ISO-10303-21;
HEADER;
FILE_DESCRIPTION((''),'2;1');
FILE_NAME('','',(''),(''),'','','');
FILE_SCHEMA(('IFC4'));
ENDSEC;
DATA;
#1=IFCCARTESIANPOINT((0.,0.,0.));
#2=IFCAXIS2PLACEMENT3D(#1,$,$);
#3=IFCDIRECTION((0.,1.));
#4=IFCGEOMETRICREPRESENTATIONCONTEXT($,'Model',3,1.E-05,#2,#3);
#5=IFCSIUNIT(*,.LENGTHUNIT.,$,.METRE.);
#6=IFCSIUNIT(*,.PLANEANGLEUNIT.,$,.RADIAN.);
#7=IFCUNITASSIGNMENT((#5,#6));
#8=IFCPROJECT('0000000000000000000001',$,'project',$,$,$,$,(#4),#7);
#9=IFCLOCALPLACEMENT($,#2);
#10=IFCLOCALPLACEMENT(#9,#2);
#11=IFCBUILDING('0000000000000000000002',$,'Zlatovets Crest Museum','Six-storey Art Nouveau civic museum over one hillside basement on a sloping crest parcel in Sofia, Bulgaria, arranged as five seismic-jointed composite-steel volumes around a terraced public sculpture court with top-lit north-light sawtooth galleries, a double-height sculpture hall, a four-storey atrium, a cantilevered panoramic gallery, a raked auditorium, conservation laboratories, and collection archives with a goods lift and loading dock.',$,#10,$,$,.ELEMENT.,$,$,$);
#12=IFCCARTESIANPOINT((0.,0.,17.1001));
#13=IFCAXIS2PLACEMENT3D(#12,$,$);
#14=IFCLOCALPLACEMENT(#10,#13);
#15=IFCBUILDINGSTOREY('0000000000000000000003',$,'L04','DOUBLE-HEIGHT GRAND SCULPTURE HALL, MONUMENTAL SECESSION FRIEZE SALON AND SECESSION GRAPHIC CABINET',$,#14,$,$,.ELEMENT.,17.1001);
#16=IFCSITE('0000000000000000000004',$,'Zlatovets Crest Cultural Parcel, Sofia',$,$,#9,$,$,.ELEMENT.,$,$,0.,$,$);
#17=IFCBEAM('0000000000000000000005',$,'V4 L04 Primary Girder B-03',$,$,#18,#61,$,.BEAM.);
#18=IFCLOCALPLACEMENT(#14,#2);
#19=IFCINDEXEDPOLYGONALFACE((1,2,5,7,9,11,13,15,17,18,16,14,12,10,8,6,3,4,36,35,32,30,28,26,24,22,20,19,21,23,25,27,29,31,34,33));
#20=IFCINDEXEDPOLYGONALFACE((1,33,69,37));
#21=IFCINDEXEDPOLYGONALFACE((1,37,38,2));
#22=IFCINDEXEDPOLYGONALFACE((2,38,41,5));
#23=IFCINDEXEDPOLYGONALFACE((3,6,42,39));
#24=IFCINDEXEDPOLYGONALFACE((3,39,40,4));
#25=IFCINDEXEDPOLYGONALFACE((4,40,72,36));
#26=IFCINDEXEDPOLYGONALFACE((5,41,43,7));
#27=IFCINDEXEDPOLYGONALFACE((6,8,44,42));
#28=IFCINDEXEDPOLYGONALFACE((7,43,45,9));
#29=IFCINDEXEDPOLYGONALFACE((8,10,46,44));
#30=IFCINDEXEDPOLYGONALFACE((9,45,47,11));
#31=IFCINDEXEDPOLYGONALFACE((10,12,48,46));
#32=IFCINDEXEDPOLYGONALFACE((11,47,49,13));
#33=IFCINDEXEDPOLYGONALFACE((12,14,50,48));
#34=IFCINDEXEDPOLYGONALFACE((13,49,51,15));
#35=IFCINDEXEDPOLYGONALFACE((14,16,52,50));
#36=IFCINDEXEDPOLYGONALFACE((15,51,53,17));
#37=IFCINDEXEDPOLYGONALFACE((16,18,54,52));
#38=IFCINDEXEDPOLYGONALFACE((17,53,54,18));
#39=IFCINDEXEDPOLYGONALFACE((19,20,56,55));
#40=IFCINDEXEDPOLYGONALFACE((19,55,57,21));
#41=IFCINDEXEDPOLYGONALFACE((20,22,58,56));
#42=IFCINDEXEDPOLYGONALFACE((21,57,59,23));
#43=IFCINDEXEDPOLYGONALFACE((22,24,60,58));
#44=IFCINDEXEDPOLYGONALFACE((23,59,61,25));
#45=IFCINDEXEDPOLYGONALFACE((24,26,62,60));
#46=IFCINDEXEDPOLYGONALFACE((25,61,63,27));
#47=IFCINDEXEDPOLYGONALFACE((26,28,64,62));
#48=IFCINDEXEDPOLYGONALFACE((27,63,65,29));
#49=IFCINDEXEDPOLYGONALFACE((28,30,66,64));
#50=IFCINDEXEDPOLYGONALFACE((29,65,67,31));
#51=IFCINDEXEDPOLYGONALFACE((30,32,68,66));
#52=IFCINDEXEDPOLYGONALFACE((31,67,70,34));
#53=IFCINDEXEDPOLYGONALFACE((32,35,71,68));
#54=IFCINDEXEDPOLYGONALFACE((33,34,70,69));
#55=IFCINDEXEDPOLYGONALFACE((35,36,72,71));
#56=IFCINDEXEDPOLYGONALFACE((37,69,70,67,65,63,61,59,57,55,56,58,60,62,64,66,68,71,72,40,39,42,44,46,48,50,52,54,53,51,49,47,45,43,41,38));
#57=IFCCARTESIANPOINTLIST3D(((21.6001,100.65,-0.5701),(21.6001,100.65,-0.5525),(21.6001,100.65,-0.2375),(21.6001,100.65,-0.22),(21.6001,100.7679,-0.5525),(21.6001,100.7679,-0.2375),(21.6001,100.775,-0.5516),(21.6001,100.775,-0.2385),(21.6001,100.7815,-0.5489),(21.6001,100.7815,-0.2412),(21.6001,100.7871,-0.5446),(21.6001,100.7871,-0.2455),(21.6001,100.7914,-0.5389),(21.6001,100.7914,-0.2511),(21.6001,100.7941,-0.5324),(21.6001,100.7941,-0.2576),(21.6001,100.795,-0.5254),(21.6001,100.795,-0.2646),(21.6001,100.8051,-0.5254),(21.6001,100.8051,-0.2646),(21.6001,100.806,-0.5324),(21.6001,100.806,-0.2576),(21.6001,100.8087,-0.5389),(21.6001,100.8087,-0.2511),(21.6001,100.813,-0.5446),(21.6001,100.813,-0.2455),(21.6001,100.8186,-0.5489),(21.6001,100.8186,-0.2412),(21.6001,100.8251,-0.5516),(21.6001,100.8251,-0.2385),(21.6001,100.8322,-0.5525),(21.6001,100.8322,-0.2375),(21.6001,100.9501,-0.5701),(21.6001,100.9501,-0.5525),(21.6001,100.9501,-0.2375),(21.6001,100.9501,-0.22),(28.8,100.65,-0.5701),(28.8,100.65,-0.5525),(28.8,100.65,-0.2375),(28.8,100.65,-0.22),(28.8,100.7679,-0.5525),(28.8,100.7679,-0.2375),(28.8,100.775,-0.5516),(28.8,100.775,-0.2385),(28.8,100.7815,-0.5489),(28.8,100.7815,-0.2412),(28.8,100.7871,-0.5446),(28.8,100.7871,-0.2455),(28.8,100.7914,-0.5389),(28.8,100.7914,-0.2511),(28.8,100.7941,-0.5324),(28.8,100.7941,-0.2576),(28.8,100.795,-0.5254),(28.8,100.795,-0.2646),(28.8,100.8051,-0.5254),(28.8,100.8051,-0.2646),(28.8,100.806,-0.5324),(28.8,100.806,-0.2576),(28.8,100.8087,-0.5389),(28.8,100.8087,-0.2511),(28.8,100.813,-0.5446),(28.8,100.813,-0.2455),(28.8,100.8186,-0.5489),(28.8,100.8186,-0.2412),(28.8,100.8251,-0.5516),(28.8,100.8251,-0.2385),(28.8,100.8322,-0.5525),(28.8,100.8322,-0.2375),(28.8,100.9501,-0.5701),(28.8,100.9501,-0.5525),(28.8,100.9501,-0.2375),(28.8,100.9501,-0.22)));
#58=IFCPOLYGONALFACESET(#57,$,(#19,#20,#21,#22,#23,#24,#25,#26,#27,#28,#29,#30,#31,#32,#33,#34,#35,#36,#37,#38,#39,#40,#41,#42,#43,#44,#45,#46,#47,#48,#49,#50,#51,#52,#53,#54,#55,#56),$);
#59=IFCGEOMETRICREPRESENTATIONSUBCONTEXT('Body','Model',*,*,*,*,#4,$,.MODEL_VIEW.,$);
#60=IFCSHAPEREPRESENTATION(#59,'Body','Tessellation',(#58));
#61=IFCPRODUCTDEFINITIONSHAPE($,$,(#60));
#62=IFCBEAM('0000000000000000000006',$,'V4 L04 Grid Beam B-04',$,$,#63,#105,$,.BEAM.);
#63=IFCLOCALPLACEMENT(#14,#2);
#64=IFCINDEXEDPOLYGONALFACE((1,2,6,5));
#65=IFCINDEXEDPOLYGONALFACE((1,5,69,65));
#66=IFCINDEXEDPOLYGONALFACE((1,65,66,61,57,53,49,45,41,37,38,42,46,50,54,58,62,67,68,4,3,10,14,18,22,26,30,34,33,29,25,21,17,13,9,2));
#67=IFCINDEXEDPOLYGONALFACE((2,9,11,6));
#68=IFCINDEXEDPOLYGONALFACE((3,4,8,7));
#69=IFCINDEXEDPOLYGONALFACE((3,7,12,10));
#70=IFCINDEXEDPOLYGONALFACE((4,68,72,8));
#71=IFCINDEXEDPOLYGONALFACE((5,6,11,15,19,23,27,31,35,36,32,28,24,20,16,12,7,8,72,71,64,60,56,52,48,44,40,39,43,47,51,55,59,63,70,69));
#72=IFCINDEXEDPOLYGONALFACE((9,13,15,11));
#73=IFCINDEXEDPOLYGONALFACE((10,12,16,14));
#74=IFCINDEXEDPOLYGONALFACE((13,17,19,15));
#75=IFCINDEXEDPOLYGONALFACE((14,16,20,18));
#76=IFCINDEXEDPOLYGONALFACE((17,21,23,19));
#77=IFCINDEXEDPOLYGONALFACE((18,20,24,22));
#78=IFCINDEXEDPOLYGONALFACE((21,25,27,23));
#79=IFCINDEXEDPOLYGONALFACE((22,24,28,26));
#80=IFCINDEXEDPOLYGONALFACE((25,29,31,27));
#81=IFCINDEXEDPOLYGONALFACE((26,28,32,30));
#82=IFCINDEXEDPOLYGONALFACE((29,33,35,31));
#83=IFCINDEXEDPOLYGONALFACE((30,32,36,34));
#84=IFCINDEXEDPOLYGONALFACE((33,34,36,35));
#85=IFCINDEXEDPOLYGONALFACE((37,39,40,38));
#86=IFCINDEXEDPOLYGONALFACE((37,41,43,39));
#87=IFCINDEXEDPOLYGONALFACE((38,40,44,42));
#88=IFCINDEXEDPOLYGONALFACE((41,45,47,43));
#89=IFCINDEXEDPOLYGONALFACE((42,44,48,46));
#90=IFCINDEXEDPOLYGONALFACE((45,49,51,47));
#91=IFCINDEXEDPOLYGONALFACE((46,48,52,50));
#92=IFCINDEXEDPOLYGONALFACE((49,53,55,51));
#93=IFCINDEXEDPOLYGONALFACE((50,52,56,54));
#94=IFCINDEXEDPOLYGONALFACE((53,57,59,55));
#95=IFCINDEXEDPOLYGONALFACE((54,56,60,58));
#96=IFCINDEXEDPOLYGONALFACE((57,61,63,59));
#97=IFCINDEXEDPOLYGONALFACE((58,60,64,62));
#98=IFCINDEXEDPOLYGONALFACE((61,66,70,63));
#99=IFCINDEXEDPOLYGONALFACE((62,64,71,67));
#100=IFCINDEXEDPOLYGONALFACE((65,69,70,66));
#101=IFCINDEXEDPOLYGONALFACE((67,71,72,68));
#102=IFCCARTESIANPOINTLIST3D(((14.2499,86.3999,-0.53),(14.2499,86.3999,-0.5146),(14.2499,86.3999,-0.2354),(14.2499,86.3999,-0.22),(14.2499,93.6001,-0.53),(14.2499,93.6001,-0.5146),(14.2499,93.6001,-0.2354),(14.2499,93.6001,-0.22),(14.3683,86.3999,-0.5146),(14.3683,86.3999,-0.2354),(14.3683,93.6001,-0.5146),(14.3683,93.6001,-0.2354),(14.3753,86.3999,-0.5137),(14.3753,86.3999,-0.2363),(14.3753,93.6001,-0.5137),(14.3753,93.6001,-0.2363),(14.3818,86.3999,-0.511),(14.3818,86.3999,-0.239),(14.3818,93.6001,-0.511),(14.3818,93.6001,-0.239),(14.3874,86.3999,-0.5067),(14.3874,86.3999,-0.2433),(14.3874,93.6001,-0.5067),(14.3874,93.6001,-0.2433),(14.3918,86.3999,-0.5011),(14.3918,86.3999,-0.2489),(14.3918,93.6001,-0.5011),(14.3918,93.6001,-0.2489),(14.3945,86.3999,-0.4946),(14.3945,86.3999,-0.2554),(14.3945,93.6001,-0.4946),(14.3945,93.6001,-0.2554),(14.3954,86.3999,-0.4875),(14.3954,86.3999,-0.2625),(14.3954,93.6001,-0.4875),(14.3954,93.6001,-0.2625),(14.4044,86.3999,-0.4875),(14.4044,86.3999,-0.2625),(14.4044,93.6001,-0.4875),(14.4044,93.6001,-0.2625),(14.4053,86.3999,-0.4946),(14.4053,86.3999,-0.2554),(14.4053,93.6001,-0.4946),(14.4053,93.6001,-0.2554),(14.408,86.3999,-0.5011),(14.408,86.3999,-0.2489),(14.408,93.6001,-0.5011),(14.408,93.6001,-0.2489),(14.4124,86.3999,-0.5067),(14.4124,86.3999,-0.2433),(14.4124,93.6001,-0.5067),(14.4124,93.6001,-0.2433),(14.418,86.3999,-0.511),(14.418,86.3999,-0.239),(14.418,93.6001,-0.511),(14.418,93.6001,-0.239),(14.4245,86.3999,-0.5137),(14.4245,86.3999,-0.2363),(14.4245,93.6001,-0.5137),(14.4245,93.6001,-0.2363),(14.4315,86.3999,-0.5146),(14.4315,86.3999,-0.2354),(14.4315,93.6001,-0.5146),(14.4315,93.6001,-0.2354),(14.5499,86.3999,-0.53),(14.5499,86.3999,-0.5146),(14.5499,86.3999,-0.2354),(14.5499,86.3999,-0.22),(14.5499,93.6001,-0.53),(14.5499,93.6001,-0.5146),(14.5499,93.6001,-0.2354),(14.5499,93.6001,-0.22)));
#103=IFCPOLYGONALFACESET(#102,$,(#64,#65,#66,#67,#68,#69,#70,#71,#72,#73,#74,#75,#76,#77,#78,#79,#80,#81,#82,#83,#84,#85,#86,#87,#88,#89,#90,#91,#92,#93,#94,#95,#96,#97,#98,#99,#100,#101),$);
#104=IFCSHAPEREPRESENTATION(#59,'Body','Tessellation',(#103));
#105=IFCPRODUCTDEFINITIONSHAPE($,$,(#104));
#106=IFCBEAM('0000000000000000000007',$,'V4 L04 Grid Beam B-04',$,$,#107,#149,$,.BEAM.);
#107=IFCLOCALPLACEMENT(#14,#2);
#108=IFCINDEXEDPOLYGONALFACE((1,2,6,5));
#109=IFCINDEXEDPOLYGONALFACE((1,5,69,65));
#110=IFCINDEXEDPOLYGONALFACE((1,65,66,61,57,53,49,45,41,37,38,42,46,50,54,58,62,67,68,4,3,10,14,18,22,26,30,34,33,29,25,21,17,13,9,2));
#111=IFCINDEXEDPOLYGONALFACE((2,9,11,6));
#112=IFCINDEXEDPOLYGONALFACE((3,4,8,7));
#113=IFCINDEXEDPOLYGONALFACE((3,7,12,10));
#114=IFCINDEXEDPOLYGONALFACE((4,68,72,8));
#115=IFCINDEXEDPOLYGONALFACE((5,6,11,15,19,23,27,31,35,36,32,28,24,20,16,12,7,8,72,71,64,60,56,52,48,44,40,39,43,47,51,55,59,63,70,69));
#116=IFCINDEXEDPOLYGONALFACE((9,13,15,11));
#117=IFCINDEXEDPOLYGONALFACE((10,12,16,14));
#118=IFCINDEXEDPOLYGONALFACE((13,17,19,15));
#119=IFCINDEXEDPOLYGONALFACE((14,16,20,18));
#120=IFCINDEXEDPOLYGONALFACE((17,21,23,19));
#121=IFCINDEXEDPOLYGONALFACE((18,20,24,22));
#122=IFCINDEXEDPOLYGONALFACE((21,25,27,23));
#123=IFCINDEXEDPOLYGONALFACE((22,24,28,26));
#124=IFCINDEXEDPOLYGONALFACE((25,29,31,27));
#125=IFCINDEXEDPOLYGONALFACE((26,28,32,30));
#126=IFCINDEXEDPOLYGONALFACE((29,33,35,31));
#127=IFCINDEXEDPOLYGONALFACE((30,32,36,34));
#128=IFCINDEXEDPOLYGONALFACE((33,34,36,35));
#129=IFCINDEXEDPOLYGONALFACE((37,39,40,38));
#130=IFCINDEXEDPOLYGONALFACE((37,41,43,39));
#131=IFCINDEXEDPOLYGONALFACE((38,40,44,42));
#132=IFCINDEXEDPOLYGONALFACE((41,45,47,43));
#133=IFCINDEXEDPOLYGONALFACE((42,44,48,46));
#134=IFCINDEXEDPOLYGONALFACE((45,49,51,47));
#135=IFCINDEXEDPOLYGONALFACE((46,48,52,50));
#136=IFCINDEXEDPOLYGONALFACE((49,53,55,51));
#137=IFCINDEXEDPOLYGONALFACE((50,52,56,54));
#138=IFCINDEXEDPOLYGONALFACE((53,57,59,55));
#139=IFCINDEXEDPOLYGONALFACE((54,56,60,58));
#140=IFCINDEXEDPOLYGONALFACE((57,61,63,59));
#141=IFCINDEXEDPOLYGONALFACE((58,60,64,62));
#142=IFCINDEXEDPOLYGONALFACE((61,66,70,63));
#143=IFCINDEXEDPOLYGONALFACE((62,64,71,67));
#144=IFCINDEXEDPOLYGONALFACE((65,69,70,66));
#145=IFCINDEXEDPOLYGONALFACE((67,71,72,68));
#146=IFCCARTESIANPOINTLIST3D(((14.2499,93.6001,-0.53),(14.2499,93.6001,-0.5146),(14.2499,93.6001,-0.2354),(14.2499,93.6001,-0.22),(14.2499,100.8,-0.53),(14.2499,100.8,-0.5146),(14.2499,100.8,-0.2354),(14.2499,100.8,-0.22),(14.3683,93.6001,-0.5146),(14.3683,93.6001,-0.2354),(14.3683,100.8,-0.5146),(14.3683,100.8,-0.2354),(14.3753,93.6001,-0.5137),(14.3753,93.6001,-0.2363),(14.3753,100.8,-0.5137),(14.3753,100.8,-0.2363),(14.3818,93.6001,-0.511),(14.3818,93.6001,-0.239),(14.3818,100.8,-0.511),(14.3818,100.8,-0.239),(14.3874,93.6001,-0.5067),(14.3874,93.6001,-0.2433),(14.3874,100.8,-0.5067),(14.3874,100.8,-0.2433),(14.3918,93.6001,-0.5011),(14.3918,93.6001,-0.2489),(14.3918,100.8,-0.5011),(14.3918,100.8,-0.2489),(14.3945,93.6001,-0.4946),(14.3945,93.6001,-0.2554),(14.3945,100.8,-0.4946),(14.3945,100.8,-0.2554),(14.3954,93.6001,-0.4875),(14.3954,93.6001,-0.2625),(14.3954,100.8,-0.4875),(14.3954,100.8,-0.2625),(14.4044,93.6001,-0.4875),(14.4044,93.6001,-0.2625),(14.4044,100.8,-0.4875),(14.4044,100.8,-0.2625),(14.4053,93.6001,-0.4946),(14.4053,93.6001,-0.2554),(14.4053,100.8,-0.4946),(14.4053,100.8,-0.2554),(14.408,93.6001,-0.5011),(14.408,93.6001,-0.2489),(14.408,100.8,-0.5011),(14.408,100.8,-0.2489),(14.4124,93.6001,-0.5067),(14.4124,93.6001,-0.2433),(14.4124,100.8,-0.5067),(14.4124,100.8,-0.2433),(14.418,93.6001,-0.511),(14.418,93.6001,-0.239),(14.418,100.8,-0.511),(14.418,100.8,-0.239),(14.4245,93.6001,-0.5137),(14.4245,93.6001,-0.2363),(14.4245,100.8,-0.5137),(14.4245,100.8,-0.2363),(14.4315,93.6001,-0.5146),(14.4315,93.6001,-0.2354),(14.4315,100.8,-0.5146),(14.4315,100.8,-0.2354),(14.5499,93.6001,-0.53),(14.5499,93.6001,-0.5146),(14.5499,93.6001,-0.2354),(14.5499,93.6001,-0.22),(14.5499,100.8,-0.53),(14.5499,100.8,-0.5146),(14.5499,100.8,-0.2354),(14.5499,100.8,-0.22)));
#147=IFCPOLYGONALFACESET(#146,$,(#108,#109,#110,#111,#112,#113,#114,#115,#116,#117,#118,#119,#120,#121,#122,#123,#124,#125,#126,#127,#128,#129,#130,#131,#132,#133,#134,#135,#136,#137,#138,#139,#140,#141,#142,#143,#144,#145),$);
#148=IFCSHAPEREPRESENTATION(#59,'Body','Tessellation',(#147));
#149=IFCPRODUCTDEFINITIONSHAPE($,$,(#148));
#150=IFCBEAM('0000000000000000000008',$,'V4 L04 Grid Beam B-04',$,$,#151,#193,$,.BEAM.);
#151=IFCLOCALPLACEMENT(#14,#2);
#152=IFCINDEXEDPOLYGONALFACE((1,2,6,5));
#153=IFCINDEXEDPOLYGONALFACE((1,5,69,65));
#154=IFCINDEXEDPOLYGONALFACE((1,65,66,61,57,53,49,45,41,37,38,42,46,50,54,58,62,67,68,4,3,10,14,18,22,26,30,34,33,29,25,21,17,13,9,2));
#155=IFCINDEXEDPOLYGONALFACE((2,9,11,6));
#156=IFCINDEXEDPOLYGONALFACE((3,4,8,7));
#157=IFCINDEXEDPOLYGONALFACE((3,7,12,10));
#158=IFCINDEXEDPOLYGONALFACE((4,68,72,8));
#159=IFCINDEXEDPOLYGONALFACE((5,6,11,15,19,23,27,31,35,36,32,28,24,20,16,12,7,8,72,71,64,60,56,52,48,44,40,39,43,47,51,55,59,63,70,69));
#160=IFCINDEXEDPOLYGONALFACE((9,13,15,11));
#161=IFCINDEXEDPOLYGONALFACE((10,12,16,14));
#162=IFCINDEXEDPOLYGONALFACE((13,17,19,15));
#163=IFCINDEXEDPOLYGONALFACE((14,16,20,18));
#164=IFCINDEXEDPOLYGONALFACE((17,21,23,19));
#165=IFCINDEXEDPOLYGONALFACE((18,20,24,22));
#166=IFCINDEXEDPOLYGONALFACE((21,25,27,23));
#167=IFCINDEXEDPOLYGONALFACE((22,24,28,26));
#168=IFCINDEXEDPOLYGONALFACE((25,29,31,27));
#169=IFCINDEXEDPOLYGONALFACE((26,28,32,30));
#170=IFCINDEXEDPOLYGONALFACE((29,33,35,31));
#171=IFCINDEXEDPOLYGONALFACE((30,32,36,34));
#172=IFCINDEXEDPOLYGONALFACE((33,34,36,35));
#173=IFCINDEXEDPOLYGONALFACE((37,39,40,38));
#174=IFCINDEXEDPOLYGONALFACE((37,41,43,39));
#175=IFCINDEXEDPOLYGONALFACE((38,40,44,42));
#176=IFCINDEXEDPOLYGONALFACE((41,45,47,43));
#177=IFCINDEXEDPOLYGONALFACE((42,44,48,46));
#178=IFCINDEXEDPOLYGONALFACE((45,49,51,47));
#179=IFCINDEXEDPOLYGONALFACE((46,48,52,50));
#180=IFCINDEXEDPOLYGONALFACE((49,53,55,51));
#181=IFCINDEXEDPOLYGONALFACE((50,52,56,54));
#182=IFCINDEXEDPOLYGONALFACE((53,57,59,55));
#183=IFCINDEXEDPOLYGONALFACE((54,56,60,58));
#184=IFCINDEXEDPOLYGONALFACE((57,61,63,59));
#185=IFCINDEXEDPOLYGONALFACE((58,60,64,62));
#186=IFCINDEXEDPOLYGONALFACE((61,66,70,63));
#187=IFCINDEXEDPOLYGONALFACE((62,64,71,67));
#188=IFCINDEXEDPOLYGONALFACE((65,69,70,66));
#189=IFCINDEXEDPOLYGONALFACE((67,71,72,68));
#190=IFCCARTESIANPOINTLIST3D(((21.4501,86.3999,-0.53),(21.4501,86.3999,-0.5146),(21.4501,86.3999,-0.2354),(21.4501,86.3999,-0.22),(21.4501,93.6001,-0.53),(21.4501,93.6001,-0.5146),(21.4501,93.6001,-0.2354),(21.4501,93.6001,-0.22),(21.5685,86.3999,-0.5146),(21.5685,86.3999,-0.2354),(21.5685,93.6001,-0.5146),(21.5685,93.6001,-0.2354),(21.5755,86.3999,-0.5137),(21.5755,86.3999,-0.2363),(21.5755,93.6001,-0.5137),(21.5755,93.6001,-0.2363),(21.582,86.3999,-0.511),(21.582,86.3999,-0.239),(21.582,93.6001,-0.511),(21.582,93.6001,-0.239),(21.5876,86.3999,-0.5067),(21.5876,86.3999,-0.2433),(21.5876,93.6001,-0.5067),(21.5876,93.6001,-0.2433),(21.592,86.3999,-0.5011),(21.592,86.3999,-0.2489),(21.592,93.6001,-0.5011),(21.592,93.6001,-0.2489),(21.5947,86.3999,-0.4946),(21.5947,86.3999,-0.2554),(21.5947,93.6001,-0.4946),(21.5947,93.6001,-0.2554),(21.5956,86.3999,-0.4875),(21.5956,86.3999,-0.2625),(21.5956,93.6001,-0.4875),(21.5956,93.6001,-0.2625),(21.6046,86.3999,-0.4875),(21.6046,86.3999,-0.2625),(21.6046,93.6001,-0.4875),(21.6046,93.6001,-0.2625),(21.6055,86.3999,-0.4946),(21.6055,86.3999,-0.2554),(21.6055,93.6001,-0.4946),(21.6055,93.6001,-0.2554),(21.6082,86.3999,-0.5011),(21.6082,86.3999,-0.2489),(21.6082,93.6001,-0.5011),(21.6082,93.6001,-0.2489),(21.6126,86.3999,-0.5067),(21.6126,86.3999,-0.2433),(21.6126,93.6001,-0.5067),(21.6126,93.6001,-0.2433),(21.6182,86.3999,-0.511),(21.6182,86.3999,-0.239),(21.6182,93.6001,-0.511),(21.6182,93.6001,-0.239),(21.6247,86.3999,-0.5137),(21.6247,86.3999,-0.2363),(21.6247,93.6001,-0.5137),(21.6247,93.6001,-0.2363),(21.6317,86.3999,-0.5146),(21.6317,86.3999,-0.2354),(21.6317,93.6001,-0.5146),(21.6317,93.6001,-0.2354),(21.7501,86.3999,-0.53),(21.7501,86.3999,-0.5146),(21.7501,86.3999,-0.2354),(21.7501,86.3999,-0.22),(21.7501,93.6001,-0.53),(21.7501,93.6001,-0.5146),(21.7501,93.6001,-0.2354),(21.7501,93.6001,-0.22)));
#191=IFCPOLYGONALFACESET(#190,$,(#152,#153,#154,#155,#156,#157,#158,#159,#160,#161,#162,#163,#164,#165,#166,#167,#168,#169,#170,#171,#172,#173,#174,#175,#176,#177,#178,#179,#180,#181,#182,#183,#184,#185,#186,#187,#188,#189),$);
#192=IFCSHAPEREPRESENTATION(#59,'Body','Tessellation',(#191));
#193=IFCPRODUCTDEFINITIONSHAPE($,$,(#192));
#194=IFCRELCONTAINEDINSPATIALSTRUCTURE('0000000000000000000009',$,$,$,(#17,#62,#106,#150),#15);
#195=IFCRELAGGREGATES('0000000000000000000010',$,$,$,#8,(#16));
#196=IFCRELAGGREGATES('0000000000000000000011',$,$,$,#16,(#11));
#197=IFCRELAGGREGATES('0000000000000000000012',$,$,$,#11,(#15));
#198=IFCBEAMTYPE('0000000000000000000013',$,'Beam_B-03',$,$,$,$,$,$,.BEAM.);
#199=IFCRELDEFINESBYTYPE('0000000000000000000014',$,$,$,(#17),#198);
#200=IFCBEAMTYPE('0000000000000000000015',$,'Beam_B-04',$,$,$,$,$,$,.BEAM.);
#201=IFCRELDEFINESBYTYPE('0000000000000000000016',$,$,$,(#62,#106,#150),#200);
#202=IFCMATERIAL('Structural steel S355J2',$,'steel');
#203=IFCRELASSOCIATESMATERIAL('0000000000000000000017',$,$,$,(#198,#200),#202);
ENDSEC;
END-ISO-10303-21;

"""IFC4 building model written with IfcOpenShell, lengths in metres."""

from ifc_helpers import new_model, si_unit, direction, frame, origin, origin_2d, place, context, subcontext, project, spatial, i_section, extrude, material, material_profile, profile_set, type_object, element, save


model = new_model("IFC4")

# Units and contexts
model_context = context("Model", 3, precision=1e-05, world=origin(), true_north=direction((0.0, 1.0)))
body_context = subcontext(model_context, "Body", "Model", "MODEL_VIEW")
ifc_project = project(units=[si_unit("LENGTHUNIT", "METRE"), si_unit("PLANEANGLEUNIT", "RADIAN")], contexts=[model_context])

# Site, building, storey
site_placement = place(None, origin())
site = spatial("IfcSite", under=ifc_project, at=site_placement, Name="Zlatovets Crest Cultural Parcel, Sofia", CompositionType="ELEMENT", RefElevation=0.0)
building_placement = place(site_placement, origin())
building = spatial("IfcBuilding", under=site, at=building_placement, Name="Zlatovets Crest Museum", Description="Six-storey Art Nouveau civic museum over one hillside basement on a sloping crest parcel in Sofia, Bulgaria, arranged as five seismic-jointed composite-steel volumes around a terraced public sculpture court with top-lit north-light sawtooth galleries, a double-height sculpture hall, a four-storey atrium, a cantilevered panoramic gallery, a raked auditorium, conservation laboratories, and collection archives with a goods lift and loading dock.", CompositionType="ELEMENT")
storey_placement = place(building_placement, frame((0.0, 0.0, 17.1001)))
storey = spatial("IfcBuildingStorey", under=building, at=storey_placement, Name="L04", Description="DOUBLE-HEIGHT GRAND SCULPTURE HALL, MONUMENTAL SECESSION FRIEZE SALON AND SECESSION GRAPHIC CABINET", CompositionType="ELEMENT", Elevation=17.1001)

# Beams
ifc_material_1 = material(Name="Structural steel S355J2", Category="steel")
ifc_material_profile_1 = material_profile(ifc_material_1, i_section(OverallWidth=0.3, OverallDepth=0.3501, WebThickness=0.01, FlangeThickness=0.0176, FilletRadius=0.0271, at=origin_2d()), Name="HEA 360")
ifc_profile_set_1 = profile_set([ifc_material_profile_1], Name="Structural steel S355J2")
beam_type_1 = type_object("IfcBeamType", Name="Beam_B-03", PredefinedType="BEAM", material=ifc_profile_set_1)
beam_1_placement = place(storey_placement, frame((21.6001, 100.8, -0.395), z_axis=(1.0, 0.0, 0.0), x_axis=(0.0, 1.0, 0.0)))
element("IfcBeam", 1, at=beam_1_placement, inside=storey, type_object=beam_type_1, Name="V4 L04 Primary Girder B-03", PredefinedType="BEAM", context=body_context, shape_type="SweptSolid", body=[
    extrude(i_section(OverallWidth=0.3, OverallDepth=0.3501, WebThickness=0.01, FlangeThickness=0.0176, FilletRadius=0.0271, at=origin_2d()), origin(), (0.0, 0.0, 1.0), 7.2),
])
ifc_material_profile_2 = material_profile(ifc_material_1, i_section(OverallWidth=0.3, OverallDepth=0.3101, WebThickness=0.009, FlangeThickness=0.0154, FilletRadius=0.0271, at=origin_2d()), Name="HEA 320")
ifc_profile_set_2 = profile_set([ifc_material_profile_2], Name="Structural steel S355J2")
beam_type_2 = type_object("IfcBeamType", Name="Beam_B-04", PredefinedType="BEAM", material=ifc_profile_set_2)
beam_2_placement = place(storey_placement, frame((14.3999, 86.3999, -0.375), z_axis=(0.0, 1.0, 0.0), x_axis=(-1.0, 0.0, 0.0)))
element("IfcBeam", 2, at=beam_2_placement, inside=storey, type_object=beam_type_2, Name="V4 L04 Grid Beam B-04", PredefinedType="BEAM", context=body_context, shape_type="SweptSolid", body=[
    extrude(i_section(OverallWidth=0.3, OverallDepth=0.3101, WebThickness=0.009, FlangeThickness=0.0154, FilletRadius=0.0271, at=origin_2d()), origin(), (0.0, 0.0, 1.0), 7.2002),
])
beam_3_placement = place(storey_placement, frame((14.3999, 93.6001, -0.375), z_axis=(0.0, 1.0, 0.0), x_axis=(-1.0, 0.0, 0.0)))
element("IfcBeam", 3, at=beam_3_placement, inside=storey, type_object=beam_type_2, Name="V4 L04 Grid Beam B-04", PredefinedType="BEAM", context=body_context, shape_type="SweptSolid", body=[
    extrude(i_section(OverallWidth=0.3, OverallDepth=0.3101, WebThickness=0.009, FlangeThickness=0.0154, FilletRadius=0.0271, at=origin_2d()), origin(), (0.0, 0.0, 1.0), 7.2),
])
beam_4_placement = place(storey_placement, frame((21.6001, 86.3999, -0.375), z_axis=(0.0, 1.0, 0.0), x_axis=(-1.0, 0.0, 0.0)))
element("IfcBeam", 4, at=beam_4_placement, inside=storey, type_object=beam_type_2, Name="V4 L04 Grid Beam B-04", PredefinedType="BEAM", context=body_context, shape_type="SweptSolid", body=[
    extrude(i_section(OverallWidth=0.3, OverallDepth=0.3101, WebThickness=0.009, FlangeThickness=0.0154, FilletRadius=0.0271, at=origin_2d()), origin(), (0.0, 0.0, 1.0), 7.2002),
])

save(model, "model.ifc")
